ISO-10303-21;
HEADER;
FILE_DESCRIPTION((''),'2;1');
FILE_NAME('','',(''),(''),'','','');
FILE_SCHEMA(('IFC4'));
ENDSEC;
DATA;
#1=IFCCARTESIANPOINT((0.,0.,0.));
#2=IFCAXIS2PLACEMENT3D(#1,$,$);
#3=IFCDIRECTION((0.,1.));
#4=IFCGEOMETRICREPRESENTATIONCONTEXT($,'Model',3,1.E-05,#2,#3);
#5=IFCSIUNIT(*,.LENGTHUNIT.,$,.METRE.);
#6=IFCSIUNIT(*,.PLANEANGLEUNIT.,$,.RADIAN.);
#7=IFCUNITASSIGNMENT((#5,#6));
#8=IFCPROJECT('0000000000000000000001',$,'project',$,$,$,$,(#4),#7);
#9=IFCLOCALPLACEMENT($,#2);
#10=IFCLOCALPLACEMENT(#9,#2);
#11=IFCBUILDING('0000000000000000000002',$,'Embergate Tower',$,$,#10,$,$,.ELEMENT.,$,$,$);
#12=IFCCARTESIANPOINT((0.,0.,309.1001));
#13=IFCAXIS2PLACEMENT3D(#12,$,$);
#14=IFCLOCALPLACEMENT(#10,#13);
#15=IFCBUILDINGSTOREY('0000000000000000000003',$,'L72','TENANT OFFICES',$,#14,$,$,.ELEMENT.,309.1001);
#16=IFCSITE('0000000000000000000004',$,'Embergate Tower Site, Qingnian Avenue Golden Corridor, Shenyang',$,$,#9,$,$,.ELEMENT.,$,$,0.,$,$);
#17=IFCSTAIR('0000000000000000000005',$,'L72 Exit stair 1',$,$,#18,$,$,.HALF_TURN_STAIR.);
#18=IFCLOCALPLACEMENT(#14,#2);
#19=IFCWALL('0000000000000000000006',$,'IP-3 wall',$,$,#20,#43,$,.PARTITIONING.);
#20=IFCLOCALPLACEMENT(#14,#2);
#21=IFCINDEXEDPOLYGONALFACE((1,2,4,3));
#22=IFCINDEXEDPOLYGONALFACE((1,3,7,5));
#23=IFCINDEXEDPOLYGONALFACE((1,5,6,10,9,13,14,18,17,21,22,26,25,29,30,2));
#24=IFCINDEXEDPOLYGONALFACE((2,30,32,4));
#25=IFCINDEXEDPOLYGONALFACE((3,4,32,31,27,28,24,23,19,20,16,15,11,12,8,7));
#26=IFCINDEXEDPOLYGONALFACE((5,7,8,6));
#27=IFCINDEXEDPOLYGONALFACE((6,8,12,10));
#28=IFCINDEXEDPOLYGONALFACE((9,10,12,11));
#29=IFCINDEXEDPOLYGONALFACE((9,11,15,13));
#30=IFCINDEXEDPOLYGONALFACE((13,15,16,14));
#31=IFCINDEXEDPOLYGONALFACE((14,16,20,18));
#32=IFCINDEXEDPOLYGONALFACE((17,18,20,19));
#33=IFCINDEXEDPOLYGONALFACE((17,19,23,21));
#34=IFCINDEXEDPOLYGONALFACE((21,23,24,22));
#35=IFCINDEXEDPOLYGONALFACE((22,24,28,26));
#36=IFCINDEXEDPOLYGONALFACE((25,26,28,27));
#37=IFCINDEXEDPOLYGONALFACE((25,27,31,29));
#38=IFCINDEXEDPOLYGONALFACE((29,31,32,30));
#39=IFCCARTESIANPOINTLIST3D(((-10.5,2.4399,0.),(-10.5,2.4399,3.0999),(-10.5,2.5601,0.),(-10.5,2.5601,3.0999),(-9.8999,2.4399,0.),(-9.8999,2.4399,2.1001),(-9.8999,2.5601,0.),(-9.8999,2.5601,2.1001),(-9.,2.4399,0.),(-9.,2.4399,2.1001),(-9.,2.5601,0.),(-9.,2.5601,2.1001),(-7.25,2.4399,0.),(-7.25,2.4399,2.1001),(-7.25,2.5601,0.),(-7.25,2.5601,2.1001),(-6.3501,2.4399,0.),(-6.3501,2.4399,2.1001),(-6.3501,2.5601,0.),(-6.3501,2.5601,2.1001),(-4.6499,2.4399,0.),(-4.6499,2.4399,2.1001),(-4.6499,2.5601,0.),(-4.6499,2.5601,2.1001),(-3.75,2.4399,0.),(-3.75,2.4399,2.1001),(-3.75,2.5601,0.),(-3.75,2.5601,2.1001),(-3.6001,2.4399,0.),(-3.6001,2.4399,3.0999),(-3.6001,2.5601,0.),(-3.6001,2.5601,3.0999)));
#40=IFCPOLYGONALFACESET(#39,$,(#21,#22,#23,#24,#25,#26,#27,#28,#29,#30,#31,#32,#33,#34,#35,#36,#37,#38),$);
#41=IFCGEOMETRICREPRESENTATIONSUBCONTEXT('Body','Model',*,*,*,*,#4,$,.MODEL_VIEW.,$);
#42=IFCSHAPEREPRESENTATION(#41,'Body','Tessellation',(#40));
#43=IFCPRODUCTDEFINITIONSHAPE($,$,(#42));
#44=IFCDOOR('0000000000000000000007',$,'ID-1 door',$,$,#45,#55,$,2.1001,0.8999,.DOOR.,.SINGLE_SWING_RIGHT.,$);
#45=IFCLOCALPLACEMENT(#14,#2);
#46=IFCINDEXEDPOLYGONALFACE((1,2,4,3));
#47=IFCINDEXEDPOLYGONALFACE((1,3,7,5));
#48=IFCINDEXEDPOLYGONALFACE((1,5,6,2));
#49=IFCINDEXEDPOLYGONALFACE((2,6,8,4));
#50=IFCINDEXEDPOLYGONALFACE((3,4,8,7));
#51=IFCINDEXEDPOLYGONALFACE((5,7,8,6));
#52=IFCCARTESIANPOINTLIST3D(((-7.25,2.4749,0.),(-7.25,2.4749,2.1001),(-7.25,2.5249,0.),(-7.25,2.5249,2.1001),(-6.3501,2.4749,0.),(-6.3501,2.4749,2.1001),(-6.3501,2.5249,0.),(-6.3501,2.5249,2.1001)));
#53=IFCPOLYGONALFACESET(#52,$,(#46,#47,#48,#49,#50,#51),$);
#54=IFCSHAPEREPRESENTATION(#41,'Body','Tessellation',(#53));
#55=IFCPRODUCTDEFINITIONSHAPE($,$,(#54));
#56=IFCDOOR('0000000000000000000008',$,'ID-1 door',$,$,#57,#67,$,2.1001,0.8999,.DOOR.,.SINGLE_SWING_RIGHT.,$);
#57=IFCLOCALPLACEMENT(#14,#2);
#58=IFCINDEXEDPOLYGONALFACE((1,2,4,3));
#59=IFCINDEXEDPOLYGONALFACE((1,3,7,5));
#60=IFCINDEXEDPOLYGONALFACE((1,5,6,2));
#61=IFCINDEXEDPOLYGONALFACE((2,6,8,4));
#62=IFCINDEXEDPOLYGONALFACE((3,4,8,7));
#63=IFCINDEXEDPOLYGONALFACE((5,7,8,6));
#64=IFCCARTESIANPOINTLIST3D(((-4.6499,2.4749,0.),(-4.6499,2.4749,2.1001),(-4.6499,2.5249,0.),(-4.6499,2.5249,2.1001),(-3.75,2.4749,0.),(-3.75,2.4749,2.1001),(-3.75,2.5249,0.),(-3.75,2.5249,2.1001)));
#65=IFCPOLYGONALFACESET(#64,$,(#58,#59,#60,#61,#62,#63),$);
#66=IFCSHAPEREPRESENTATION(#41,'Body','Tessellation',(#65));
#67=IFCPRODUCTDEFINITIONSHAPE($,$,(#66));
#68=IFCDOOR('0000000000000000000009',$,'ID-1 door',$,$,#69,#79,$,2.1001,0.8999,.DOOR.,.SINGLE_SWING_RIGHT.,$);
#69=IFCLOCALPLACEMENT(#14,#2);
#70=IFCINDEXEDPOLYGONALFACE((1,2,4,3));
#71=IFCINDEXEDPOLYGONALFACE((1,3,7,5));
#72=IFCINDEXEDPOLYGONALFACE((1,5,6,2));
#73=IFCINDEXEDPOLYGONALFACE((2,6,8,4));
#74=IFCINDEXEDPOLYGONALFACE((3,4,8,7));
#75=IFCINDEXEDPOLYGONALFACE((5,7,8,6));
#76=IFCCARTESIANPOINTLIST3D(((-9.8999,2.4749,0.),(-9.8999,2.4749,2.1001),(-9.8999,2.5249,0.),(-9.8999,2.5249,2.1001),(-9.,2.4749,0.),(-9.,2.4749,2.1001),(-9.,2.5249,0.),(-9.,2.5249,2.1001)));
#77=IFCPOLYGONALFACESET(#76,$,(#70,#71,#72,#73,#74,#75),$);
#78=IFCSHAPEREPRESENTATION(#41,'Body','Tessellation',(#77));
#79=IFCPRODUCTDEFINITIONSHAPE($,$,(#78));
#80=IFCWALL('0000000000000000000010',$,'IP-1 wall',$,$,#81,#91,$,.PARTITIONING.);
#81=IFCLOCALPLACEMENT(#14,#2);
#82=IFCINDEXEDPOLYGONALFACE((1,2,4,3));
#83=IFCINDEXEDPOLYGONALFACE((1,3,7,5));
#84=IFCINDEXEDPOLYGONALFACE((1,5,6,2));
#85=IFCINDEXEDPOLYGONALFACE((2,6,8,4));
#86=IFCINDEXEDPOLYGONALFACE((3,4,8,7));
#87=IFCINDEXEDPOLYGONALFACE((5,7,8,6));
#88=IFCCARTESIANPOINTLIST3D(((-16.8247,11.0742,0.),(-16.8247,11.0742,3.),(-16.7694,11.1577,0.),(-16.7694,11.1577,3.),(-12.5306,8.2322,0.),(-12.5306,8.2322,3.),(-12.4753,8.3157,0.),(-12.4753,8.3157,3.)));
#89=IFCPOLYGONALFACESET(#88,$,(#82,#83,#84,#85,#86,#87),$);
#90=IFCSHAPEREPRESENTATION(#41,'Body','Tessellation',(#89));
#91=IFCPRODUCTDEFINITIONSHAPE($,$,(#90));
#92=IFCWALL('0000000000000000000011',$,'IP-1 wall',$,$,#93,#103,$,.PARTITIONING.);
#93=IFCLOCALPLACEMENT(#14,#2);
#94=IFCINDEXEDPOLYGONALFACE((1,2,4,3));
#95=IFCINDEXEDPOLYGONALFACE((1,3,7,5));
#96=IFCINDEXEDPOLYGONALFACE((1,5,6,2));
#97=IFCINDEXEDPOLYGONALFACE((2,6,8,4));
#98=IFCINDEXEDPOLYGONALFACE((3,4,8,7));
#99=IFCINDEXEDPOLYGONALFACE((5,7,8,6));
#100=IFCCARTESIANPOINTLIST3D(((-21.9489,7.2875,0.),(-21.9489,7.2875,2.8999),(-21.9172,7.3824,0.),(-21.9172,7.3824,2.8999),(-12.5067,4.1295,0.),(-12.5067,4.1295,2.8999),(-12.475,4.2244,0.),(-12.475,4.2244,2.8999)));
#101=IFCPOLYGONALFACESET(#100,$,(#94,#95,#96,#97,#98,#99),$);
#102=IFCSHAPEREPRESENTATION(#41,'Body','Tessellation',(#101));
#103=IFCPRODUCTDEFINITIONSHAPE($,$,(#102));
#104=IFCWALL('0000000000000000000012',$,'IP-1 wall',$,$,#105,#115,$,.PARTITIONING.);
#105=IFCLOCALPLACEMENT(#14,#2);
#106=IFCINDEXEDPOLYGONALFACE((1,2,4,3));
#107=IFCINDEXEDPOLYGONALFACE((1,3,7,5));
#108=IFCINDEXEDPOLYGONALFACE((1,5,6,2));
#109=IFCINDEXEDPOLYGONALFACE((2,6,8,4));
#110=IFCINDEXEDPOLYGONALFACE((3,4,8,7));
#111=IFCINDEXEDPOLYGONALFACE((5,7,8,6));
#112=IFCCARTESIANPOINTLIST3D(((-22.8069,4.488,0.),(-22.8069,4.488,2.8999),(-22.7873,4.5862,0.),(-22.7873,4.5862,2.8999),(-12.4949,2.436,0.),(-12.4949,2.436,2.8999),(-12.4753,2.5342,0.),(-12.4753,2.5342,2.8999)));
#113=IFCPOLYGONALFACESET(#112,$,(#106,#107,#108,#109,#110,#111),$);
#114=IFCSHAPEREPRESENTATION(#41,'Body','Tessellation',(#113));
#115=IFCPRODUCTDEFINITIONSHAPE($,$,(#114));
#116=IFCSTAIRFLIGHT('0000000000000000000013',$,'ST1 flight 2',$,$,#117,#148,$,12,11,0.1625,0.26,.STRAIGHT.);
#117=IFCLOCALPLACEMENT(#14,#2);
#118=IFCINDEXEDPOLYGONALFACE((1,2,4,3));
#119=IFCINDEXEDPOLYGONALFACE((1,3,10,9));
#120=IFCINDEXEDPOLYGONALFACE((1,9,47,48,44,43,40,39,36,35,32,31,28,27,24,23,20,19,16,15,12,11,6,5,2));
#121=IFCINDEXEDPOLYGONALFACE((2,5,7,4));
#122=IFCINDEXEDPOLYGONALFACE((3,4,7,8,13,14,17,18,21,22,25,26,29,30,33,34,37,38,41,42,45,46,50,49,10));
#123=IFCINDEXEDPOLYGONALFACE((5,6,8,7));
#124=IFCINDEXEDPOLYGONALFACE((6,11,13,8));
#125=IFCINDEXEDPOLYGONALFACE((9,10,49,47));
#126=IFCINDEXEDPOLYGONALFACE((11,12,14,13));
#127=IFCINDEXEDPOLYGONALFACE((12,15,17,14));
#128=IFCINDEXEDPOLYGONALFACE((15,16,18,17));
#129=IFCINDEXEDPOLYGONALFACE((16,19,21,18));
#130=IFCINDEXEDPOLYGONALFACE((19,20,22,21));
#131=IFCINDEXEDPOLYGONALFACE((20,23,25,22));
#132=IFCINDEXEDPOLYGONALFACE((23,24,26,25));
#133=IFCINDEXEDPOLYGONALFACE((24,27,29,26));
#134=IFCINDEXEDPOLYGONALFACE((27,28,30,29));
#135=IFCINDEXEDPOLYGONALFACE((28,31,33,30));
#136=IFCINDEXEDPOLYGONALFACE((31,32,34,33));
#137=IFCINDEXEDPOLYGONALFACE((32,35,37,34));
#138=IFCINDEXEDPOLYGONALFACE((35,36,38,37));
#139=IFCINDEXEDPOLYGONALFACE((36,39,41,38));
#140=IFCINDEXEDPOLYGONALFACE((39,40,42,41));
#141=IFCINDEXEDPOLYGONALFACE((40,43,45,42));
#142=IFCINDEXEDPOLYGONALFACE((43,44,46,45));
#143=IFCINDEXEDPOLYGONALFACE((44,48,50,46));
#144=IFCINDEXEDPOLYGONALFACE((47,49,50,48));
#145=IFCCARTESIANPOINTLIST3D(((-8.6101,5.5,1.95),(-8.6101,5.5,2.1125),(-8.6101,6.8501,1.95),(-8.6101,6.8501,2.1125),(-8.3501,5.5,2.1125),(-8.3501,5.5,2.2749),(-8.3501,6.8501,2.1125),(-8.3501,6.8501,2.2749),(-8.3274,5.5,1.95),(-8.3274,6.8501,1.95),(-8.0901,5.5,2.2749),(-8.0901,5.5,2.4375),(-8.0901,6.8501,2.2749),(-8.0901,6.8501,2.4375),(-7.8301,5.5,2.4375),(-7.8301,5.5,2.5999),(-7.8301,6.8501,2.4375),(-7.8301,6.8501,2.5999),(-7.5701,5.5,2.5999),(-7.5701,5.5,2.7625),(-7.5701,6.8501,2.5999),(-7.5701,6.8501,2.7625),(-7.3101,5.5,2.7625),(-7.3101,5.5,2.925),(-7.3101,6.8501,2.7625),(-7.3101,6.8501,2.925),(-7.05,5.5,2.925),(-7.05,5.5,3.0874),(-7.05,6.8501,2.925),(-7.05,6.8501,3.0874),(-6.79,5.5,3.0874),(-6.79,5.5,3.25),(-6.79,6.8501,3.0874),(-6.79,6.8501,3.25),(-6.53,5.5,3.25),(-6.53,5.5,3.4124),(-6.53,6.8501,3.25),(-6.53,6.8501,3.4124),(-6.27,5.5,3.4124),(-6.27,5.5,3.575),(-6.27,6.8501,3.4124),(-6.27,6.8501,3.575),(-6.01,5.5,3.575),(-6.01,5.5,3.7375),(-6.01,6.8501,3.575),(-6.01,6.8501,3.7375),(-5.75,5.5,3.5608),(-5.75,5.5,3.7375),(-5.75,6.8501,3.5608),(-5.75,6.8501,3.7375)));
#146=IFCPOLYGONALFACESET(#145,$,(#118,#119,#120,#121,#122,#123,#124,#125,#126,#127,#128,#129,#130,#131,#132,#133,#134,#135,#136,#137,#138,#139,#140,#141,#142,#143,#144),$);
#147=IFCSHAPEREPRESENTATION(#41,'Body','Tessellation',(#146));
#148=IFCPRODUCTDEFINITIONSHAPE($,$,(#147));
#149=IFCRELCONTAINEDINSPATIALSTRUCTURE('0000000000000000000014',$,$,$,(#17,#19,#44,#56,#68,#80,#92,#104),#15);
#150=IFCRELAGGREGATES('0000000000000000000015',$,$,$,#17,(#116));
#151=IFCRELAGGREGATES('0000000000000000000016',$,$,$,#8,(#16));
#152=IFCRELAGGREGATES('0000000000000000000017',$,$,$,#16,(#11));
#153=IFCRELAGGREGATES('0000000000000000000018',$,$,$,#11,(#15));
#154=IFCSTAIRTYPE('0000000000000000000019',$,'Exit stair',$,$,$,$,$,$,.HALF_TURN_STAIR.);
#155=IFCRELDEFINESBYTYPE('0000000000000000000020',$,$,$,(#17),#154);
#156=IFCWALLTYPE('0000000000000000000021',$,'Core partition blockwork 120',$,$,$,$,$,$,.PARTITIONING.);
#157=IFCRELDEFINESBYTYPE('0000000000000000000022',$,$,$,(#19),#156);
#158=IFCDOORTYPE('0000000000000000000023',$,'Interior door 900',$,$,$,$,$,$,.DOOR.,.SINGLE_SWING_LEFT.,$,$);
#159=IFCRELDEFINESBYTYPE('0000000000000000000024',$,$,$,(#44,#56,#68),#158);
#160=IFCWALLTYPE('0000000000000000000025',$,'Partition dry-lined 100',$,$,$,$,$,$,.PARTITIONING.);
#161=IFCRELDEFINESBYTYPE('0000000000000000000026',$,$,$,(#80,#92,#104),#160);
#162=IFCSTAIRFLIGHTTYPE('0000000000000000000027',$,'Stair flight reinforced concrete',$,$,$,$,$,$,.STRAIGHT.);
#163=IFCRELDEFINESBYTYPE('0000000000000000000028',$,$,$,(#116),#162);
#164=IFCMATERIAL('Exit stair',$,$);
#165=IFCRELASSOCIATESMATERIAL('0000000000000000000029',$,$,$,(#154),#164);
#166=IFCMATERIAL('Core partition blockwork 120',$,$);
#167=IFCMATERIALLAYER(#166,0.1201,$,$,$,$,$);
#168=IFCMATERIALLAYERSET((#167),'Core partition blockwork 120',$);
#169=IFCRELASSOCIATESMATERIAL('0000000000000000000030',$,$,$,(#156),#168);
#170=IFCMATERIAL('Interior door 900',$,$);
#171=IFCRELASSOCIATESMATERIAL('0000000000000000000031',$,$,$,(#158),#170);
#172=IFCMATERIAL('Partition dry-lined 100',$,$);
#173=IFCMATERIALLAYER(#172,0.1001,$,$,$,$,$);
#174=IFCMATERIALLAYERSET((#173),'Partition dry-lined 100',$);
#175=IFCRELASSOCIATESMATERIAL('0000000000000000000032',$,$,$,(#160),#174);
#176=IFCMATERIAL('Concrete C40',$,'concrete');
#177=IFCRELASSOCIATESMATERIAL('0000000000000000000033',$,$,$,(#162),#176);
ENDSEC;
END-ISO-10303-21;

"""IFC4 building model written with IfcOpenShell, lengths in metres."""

from ifc_helpers import new_model, si_unit, direction, frame, frame_2d, origin, place, context, subcontext, project, spatial, polyline, rectangle, outline, extrude, source, transform, mapped, material, layer, layer_set, type_object, element, fill, aggregate, save


model = new_model("IFC4")

# Units and contexts
model_context = context("Model", 3, precision=1e-05, world=origin(), true_north=direction((0.0, 1.0)))
body_context = subcontext(model_context, "Body", "Model", "MODEL_VIEW")
ifc_project = project(units=[si_unit("LENGTHUNIT", "METRE"), si_unit("PLANEANGLEUNIT", "RADIAN")], contexts=[model_context])

# Site, building, storey
site_placement = place(None, origin())
site = spatial("IfcSite", under=ifc_project, at=site_placement, Name="Embergate Tower Site, Qingnian Avenue Golden Corridor, Shenyang", CompositionType="ELEMENT", RefElevation=0.0)
building_placement = place(site_placement, origin())
building = spatial("IfcBuilding", under=site, at=building_placement, Name="Embergate Tower", CompositionType="ELEMENT")
storey_placement = place(building_placement, frame((0.0, 0.0, 309.1001)))
storey = spatial("IfcBuildingStorey", under=building, at=storey_placement, Name="L72", Description="TENANT OFFICES", CompositionType="ELEMENT", Elevation=309.1001)

# Stair
ifc_material_1 = material(Name="Exit stair")
stair_type = type_object("IfcStairType", Name="Exit stair", PredefinedType="HALF_TURN_STAIR", material=ifc_material_1)
stair_placement = place(storey_placement, origin())
stair = element("IfcStair", 1, at=stair_placement, inside=storey, type_object=stair_type, Name="L72 Exit stair 1", PredefinedType="HALF_TURN_STAIR")
ifc_material_2 = material(Name="Concrete C40", Category="concrete")

# Shared definitions
ifc_material_3 = material(Name="Core partition blockwork 120")
ifc_layer_1 = layer(ifc_material_3, 0.1201)
ifc_layer_set_1 = layer_set([ifc_layer_1], Name="Core partition blockwork 120")
wall_type_1 = type_object("IfcWallType", Name="Core partition blockwork 120", PredefinedType="PARTITIONING", material=ifc_layer_set_1)

# Wall, openings, doors
shared_shape_1 = source(origin(), body_context, "Body", "SweptSolid", [
    extrude(rectangle(XDim=6.8999, YDim=0.1201, at=frame_2d((3.45, 0.0))), origin(), (0.0, 0.0, 1.0), 3.0999),
])
wall_1_placement = place(storey_placement, frame((-10.5, 2.5, 0.0), z_axis=(0.0, 0.0, 1.0), x_axis=(1.0, 0.0, 0.0)))
wall_1 = element("IfcWall", 2, at=wall_1_placement, inside=storey, type_object=wall_type_1, Name="IP-3 wall", PredefinedType="PARTITIONING", context=body_context, shape_type="MappedRepresentation", body=[
    mapped(shared_shape_1, transform((0.0, 0.0, 0.0))),
])
shared_shape_2 = source(origin(), body_context, "Body", "SweptSolid", [
    extrude(rectangle(XDim=0.8999, YDim=2.1001, at=frame_2d((0.45, 1.05))), frame((0.0, 0.0701, 0.0), z_axis=(0.0, -1.0, 0.0), x_axis=(1.0, 0.0, 0.0)), (0.0, 0.0, 1.0), 0.1401),
])
opening_1_placement = place(wall_1_placement, frame((3.25, 0.0, 0.0)))
opening_1 = element("IfcOpeningElement", 3, at=opening_1_placement, cuts=wall_1, PredefinedType="OPENING", context=body_context, shape_type="MappedRepresentation", body=[
    mapped(shared_shape_2, transform((0.0, 0.0, 0.0))),
])
opening_2_placement = place(wall_1_placement, frame((5.8501, 0.0, 0.0)))
opening_2 = element("IfcOpeningElement", 4, at=opening_2_placement, cuts=wall_1, PredefinedType="OPENING", context=body_context, shape_type="MappedRepresentation", body=[
    mapped(shared_shape_2, transform((0.0, 0.0, 0.0))),
])
opening_3_placement = place(wall_1_placement, frame((0.6001, 0.0, 0.0)))
opening_3 = element("IfcOpeningElement", 5, at=opening_3_placement, cuts=wall_1, PredefinedType="OPENING", context=body_context, shape_type="MappedRepresentation", body=[
    mapped(shared_shape_2, transform((0.0, 0.0, 0.0))),
])
ifc_material_4 = material(Name="Interior door 900")
door_type_1 = type_object("IfcDoorType", Name="Interior door 900", OperationType="SINGLE_SWING_LEFT", PredefinedType="DOOR", material=ifc_material_4)
shared_shape_3 = source(origin(), body_context, "Body", "SweptSolid", [
    extrude(rectangle(XDim=0.8999, YDim=2.1001, at=frame_2d((0.45, 1.05))), frame((0.0, 0.0249, 0.0), z_axis=(0.0, -1.0, 0.0), x_axis=(1.0, 0.0, 0.0)), (0.0, 0.0, 1.0), 0.05),
])
door_1_placement = place(opening_1_placement, origin())
door_1 = element("IfcDoor", 6, at=door_1_placement, inside=storey, type_object=door_type_1, Name="ID-1 door", OperationType="SINGLE_SWING_RIGHT", OverallHeight=2.1001, OverallWidth=0.8999, PredefinedType="DOOR", context=body_context, shape_type="MappedRepresentation", body=[
    mapped(shared_shape_3, transform((0.0, 0.0, 0.0))),
])
fill(opening_1, door_1)
door_2_placement = place(opening_2_placement, origin())
door_2 = element("IfcDoor", 7, at=door_2_placement, inside=storey, type_object=door_type_1, Name="ID-1 door", OperationType="SINGLE_SWING_RIGHT", OverallHeight=2.1001, OverallWidth=0.8999, PredefinedType="DOOR", context=body_context, shape_type="MappedRepresentation", body=[
    mapped(shared_shape_3, transform((0.0, 0.0, 0.0))),
])
fill(opening_2, door_2)
door_3_placement = place(opening_3_placement, origin())
door_3 = element("IfcDoor", 8, at=door_3_placement, inside=storey, type_object=door_type_1, Name="ID-1 door", OperationType="SINGLE_SWING_RIGHT", OverallHeight=2.1001, OverallWidth=0.8999, PredefinedType="DOOR", context=body_context, shape_type="MappedRepresentation", body=[
    mapped(shared_shape_3, transform((0.0, 0.0, 0.0))),
])
fill(opening_3, door_3)

# Walls
ifc_material_5 = material(Name="Partition dry-lined 100")
ifc_layer_2 = layer(ifc_material_5, 0.1001)
ifc_layer_set_2 = layer_set([ifc_layer_2], Name="Partition dry-lined 100")
wall_type_2 = type_object("IfcWallType", Name="Partition dry-lined 100", PredefinedType="PARTITIONING", material=ifc_layer_set_2)
shared_shape_4 = source(origin(), body_context, "Body", "SweptSolid", [
    extrude(rectangle(XDim=5.1494, YDim=0.1001, at=frame_2d((2.5747, 0.0))), origin(), (0.0, 0.0, 1.0), 3.0),
])
wall_2_placement = place(storey_placement, frame((-12.5029, 8.2739, 0.0), z_axis=(0.0, 0.0, 1.0), x_axis=(-0.833906, 0.551907, 0.0)))
element("IfcWall", 9, at=wall_2_placement, inside=storey, type_object=wall_type_2, Name="IP-1 wall", PredefinedType="PARTITIONING", context=body_context, shape_type="MappedRepresentation", body=[
    mapped(shared_shape_4, transform((0.0, 0.0, 0.0))),
])
shared_shape_5 = source(origin(), body_context, "Body", "SweptSolid", [
    extrude(rectangle(XDim=9.9563, YDim=0.1001, at=frame_2d((4.978, 0.0))), origin(), (0.0, 0.0, 1.0), 2.8999),
])
wall_3_placement = place(storey_placement, frame((-12.491, 4.177, 0.0), z_axis=(0.0, 0.0, 1.0), x_axis=(-0.948364, 0.317184, 0.0)))
element("IfcWall", 10, at=wall_3_placement, inside=storey, type_object=wall_type_2, Name="IP-1 wall", PredefinedType="PARTITIONING", context=body_context, shape_type="MappedRepresentation", body=[
    mapped(shared_shape_5, transform((0.0, 0.0, 0.0))),
])
shared_shape_6 = source(origin(), body_context, "Body", "SweptSolid", [
    extrude(rectangle(XDim=10.5142, YDim=0.1001, at=frame_2d((5.2571, 0.0))), origin(), (0.0, 0.0, 1.0), 2.8999),
])
wall_4_placement = place(storey_placement, frame((-12.4851, 2.4851, 0.0), z_axis=(0.0, 0.0, 1.0), x_axis=(-0.98077, 0.195165, 0.0)))
element("IfcWall", 11, at=wall_4_placement, inside=storey, type_object=wall_type_2, Name="IP-1 wall", PredefinedType="PARTITIONING", context=body_context, shape_type="MappedRepresentation", body=[
    mapped(shared_shape_6, transform((0.0, 0.0, 0.0))),
])

# Stair flight
stair_flight_type = type_object("IfcStairFlightType", Name="Stair flight reinforced concrete", PredefinedType="STRAIGHT", material=ifc_material_2)
shared_shape_7 = source(origin(), body_context, "Body", "SweptSolid", [
    extrude(outline(polyline([(0.0, 0.0), (0.0, 0.1626), (0.26, 0.1626), (0.26, 0.325), (0.52, 0.325), (0.52, 0.4875), (0.78, 0.4875), (0.78, 0.6499), (1.04, 0.6499), (1.04, 0.8125), (1.3, 0.8125), (1.3, 0.9751), (1.5601, 0.9751), (1.5601, 1.1375), (1.8201, 1.1375), (1.8201, 1.3), (2.0801, 1.3), (2.0801, 1.4624), (2.3401, 1.4624), (2.3401, 1.625), (2.6001, 1.625), (2.6001, 1.7876), (2.8601, 1.7876), (2.8601, 1.95), (2.8601, 1.6108), (0.2827, 0.0), (0.0, 0.0)])), frame((0.0, 0.675, 0.0), z_axis=(0.0, -1.0, 0.0), x_axis=(1.0, 0.0, 0.0)), (0.0, 0.0, 1.0), 1.3501),
])
stair_flight_placement = place(storey_placement, frame((-8.6101, 6.175, 1.95), z_axis=(0.0, 0.0, 1.0), x_axis=(1.0, 0.0, 0.0)))
stair_flight = element("IfcStairFlight", 12, at=stair_flight_placement, type_object=stair_flight_type, Name="ST1 flight 2", NumberOfRisers=12, NumberOfTreads=11, PredefinedType="STRAIGHT", RiserHeight=0.1625, TreadLength=0.26, context=body_context, shape_type="MappedRepresentation", body=[
    mapped(shared_shape_7, transform((0.0, 0.0, 0.0))),
])
aggregate(stair, [stair_flight])

save(model, "model.ifc")
